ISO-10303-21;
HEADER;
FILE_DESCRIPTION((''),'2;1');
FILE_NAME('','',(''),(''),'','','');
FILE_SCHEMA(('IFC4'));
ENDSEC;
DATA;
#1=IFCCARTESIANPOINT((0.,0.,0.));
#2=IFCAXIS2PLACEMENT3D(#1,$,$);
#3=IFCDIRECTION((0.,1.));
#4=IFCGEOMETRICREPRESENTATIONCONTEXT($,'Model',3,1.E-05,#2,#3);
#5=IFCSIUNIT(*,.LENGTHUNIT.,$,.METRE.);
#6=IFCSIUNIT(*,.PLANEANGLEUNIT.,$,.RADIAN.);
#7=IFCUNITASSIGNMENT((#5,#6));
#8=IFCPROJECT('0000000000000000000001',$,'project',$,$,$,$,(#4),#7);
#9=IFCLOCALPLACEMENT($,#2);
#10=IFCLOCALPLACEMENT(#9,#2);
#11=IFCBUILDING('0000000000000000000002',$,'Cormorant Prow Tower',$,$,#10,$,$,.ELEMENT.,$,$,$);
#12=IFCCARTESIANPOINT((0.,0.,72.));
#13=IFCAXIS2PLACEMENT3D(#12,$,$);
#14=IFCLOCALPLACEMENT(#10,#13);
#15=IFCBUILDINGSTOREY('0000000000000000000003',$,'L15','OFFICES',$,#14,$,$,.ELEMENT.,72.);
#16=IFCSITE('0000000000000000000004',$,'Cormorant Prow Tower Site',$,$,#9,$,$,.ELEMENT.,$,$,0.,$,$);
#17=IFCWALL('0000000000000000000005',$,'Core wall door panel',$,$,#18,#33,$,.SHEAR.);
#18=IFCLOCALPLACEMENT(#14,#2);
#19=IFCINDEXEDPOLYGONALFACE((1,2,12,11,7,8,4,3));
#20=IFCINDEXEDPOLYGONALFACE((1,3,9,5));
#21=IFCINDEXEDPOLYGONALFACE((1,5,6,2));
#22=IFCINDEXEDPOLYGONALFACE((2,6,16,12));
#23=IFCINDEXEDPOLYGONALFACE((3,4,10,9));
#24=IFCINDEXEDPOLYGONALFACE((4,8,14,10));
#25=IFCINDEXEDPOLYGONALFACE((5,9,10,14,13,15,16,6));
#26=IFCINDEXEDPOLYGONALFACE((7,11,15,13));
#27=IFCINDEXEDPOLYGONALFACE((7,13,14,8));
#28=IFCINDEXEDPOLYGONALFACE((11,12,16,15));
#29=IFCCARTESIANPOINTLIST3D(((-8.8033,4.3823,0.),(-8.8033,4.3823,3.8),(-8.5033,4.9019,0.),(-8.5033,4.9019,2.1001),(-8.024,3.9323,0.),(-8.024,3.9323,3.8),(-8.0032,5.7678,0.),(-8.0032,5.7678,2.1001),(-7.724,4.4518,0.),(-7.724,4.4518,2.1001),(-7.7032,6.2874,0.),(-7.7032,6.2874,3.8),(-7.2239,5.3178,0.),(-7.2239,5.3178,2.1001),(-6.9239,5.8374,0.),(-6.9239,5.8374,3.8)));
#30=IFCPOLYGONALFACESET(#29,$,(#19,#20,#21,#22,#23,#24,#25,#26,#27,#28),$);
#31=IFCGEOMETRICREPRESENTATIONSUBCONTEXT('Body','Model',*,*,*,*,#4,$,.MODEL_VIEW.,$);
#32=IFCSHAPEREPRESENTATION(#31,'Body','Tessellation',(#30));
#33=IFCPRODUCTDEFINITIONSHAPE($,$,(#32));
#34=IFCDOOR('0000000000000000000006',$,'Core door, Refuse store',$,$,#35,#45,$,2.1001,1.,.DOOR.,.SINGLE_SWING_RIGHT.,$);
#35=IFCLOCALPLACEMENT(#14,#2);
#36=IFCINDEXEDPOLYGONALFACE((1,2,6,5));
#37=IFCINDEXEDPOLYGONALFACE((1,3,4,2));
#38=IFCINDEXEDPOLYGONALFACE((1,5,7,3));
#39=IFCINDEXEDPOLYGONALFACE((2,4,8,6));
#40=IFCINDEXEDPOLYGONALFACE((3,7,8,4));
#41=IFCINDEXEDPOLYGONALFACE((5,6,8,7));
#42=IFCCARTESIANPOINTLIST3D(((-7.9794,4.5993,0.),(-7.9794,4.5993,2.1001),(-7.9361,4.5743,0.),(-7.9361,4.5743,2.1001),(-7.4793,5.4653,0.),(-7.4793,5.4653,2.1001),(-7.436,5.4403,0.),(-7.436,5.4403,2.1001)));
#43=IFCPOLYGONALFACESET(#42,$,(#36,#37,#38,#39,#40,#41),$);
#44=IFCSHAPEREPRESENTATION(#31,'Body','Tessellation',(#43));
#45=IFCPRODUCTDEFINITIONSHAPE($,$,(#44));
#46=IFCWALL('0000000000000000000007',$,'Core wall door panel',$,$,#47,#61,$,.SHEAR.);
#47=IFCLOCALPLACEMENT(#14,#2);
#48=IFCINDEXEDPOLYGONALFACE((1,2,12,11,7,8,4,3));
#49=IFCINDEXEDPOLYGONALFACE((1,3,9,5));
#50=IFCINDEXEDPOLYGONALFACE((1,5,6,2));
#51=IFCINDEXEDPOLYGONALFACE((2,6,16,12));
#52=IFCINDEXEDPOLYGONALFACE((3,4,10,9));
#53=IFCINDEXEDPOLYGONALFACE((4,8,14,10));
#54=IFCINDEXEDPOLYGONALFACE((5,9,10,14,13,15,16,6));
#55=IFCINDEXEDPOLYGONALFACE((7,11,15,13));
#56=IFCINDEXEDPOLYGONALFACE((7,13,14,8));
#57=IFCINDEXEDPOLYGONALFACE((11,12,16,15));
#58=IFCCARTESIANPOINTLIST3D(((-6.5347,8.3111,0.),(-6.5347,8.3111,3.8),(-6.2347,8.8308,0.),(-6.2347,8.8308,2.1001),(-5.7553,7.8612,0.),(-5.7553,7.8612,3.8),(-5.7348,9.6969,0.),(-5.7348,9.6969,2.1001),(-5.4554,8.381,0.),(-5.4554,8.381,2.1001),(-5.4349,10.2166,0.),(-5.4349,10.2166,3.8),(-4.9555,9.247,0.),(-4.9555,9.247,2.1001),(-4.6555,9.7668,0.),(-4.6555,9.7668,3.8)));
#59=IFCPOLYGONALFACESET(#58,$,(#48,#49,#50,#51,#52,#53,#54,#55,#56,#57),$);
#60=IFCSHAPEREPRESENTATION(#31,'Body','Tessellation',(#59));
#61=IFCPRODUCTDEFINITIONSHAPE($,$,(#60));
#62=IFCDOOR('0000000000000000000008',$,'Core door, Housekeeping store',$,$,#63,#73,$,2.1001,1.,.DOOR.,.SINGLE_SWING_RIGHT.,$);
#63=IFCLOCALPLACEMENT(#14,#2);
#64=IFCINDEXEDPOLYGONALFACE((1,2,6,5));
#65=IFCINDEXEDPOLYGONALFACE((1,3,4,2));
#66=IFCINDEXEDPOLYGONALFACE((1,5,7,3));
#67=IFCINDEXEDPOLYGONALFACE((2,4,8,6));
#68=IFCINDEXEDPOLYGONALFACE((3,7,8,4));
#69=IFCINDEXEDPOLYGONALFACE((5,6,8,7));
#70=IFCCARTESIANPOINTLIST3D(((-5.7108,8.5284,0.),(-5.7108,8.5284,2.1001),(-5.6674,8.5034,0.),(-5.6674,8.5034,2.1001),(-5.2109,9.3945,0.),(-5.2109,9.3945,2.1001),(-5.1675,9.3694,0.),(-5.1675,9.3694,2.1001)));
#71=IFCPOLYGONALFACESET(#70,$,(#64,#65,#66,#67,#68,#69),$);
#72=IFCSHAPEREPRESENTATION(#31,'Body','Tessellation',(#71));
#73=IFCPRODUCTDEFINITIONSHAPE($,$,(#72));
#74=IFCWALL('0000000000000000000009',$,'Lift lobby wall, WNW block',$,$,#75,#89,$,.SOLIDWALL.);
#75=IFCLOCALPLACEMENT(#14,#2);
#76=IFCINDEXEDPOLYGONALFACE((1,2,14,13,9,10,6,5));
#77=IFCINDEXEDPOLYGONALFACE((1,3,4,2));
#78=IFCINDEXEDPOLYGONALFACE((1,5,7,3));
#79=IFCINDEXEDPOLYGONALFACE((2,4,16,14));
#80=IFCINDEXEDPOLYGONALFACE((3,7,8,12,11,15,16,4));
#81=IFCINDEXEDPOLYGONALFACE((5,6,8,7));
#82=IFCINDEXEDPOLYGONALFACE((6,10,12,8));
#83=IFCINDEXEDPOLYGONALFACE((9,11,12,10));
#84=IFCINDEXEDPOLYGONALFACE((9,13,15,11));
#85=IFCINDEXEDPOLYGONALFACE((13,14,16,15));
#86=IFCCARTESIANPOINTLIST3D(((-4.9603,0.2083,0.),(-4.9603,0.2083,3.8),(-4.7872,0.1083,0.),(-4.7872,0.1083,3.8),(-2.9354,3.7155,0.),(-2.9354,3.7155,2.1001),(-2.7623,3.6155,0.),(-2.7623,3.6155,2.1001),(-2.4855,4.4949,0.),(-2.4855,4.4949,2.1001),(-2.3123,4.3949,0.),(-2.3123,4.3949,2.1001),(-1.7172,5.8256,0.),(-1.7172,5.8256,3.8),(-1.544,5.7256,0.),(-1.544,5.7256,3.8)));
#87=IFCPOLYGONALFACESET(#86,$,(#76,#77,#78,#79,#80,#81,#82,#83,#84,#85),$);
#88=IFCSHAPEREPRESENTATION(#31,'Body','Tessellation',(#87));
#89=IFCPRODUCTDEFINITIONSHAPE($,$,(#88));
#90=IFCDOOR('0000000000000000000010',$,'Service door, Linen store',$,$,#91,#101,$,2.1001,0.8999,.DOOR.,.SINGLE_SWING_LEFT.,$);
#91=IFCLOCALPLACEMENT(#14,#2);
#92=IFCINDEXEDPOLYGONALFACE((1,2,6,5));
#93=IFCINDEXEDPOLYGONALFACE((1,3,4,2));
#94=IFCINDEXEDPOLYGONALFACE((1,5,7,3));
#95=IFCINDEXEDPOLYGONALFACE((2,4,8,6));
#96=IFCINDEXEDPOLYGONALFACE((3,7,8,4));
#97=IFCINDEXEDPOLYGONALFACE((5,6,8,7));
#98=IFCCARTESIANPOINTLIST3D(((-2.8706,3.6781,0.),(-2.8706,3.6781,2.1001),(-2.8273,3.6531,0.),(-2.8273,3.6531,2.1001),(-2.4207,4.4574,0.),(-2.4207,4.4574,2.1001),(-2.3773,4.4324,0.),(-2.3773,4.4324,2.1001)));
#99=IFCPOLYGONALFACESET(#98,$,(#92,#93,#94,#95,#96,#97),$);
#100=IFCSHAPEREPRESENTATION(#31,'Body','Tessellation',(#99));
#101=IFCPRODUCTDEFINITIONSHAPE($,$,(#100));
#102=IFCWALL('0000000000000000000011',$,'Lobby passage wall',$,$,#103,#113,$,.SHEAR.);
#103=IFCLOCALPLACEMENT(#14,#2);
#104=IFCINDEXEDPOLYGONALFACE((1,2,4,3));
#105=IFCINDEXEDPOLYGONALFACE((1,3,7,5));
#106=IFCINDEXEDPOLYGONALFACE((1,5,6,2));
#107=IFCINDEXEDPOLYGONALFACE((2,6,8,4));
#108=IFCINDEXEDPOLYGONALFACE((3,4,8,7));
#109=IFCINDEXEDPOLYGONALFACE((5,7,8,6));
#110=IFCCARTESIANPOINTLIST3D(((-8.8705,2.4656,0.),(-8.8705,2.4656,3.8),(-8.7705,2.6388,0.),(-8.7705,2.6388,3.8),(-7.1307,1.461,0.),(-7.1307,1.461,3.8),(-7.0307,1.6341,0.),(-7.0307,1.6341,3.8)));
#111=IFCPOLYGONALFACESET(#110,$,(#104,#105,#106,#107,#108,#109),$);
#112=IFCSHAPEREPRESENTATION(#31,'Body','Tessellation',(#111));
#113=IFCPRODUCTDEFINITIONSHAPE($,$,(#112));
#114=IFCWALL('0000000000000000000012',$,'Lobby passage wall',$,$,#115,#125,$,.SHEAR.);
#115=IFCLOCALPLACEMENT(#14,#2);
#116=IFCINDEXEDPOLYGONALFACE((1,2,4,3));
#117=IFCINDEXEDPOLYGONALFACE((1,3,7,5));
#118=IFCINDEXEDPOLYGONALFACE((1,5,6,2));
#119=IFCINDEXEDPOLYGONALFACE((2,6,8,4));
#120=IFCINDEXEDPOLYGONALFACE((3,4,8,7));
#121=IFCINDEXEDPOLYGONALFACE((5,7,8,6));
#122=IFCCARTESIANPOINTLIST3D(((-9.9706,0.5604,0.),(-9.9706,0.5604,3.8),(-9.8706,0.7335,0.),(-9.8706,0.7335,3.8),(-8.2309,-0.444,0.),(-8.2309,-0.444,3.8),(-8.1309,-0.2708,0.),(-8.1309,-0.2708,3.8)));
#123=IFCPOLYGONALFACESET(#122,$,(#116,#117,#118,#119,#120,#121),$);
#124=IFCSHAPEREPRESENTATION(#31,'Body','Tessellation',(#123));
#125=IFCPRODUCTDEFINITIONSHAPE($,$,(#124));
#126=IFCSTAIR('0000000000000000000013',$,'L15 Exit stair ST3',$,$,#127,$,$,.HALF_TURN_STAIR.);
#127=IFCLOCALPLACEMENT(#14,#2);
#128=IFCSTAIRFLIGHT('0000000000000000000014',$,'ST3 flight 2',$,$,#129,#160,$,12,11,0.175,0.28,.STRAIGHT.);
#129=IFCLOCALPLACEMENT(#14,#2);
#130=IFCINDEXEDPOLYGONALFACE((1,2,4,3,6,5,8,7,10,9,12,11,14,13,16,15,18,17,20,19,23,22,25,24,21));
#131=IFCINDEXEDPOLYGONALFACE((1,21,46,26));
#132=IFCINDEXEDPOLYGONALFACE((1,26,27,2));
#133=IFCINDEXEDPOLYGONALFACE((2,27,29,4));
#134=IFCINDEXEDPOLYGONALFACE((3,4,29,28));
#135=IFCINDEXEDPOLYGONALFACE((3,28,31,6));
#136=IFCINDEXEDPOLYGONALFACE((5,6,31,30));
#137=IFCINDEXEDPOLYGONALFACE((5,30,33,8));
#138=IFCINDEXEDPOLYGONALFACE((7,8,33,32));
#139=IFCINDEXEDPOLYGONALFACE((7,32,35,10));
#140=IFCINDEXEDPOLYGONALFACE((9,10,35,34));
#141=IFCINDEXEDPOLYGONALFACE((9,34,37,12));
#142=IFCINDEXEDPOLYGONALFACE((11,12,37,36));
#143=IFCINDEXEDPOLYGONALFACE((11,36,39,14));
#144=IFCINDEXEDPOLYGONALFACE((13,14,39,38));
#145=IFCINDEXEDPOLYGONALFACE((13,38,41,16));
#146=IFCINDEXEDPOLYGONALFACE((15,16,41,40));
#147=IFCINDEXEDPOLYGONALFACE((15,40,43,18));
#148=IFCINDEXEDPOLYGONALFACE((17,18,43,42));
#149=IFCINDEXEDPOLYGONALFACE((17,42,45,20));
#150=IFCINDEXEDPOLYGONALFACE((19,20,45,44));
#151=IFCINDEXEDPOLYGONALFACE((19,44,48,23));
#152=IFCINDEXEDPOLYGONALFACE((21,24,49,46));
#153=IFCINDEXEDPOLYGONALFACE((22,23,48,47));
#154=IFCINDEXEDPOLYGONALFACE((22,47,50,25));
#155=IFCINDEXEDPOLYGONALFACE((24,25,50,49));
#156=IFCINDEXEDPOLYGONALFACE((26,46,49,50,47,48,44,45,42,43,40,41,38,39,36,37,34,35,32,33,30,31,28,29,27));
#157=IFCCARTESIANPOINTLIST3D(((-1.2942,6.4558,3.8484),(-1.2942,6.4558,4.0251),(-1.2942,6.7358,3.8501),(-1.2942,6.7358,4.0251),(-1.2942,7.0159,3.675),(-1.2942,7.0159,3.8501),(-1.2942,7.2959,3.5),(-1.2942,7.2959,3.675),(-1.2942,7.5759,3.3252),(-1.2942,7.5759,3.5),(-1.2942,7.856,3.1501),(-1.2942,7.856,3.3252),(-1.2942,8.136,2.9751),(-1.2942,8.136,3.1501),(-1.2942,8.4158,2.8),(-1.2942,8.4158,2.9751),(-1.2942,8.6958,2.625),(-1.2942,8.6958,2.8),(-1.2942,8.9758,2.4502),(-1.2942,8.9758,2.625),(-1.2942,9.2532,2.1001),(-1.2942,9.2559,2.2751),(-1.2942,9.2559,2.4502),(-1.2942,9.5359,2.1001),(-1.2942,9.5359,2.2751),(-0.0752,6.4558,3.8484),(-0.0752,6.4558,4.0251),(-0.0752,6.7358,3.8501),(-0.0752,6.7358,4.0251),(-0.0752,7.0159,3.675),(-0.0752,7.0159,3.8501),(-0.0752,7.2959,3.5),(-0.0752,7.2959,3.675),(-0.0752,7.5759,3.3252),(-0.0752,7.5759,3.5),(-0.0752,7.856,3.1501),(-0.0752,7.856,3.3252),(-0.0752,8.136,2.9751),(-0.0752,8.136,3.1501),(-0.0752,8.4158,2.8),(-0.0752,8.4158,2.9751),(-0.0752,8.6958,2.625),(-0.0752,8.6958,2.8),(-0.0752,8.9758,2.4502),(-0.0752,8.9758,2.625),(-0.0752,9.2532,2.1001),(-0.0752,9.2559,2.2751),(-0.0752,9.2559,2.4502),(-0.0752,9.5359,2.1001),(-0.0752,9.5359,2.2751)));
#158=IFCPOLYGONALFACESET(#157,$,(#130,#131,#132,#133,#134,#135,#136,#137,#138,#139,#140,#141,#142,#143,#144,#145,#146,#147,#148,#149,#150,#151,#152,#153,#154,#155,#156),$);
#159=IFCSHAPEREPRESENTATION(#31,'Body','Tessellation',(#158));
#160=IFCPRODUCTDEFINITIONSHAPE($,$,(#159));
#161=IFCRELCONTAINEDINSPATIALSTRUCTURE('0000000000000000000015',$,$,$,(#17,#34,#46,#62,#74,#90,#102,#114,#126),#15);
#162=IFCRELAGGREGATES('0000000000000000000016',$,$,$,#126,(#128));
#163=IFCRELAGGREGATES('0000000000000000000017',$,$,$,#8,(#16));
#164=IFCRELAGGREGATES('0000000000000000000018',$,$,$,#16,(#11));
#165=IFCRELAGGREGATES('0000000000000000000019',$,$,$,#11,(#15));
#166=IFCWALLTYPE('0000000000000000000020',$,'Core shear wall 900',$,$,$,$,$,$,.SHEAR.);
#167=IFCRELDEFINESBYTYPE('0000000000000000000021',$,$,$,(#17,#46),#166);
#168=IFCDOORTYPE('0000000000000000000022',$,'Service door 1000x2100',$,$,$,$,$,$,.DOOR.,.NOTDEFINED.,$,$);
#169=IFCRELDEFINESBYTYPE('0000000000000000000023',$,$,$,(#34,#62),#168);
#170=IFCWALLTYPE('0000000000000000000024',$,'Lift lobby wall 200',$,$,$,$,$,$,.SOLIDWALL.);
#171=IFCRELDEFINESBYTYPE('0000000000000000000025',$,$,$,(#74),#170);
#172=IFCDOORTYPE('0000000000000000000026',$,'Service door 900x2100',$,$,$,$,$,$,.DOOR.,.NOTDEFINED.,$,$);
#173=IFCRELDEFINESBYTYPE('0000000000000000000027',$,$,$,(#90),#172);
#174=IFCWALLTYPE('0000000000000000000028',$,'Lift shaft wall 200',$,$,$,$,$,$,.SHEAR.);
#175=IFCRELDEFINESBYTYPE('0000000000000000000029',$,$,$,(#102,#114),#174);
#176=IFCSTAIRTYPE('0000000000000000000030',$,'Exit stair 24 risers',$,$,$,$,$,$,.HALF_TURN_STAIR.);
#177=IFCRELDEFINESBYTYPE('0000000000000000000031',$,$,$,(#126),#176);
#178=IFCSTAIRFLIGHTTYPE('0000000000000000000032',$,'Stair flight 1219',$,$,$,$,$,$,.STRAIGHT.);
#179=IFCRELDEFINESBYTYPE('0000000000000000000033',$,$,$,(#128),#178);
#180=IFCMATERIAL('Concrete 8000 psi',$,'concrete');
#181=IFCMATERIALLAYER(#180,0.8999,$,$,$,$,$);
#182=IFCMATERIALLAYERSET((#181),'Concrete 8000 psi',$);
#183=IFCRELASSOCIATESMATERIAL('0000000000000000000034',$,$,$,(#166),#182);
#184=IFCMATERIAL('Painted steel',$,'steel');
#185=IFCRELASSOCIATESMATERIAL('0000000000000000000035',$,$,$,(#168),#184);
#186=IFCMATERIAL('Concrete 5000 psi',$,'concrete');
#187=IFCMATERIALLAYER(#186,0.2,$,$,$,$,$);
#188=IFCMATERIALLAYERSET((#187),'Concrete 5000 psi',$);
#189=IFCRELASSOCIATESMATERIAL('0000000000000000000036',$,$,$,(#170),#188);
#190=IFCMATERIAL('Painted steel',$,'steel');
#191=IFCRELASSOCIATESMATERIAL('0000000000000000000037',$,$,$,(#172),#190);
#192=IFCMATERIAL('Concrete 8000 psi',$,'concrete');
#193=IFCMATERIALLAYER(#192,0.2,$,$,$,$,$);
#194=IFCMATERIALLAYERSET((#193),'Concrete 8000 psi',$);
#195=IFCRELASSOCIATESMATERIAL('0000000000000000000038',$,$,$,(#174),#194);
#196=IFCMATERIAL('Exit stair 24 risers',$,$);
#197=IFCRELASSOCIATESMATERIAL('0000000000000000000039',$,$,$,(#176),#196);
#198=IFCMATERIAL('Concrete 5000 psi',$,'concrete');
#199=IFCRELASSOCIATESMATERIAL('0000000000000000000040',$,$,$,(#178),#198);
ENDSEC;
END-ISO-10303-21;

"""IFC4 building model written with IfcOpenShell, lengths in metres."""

from ifc_helpers import new_model, si_unit, direction, frame, frame_2d, origin, place, context, subcontext, project, spatial, polyline, rectangle, outline, extrude, material, layer, layer_set, type_object, element, fill, aggregate, save


model = new_model("IFC4")

# Units and contexts
model_context = context("Model", 3, precision=1e-05, world=origin(), true_north=direction((0.0, 1.0)))
body_context = subcontext(model_context, "Body", "Model", "MODEL_VIEW")
ifc_project = project(units=[si_unit("LENGTHUNIT", "METRE"), si_unit("PLANEANGLEUNIT", "RADIAN")], contexts=[model_context])

# Site, building, storey
site_placement = place(None, origin())
site = spatial("IfcSite", under=ifc_project, at=site_placement, Name="Cormorant Prow Tower Site", CompositionType="ELEMENT", RefElevation=0.0)
building_placement = place(site_placement, origin())
building = spatial("IfcBuilding", under=site, at=building_placement, Name="Cormorant Prow Tower", CompositionType="ELEMENT")
storey_placement = place(building_placement, frame((0.0, 0.0, 72.0)))
storey = spatial("IfcBuildingStorey", under=building, at=storey_placement, Name="L15", Description="OFFICES", CompositionType="ELEMENT", Elevation=72.0)

# Shared definitions
ifc_material_1 = material(Name="Concrete 8000 psi", Category="concrete")
ifc_layer_1 = layer(ifc_material_1, 0.8999)
ifc_layer_set_1 = layer_set([ifc_layer_1], Name="Concrete 8000 psi")
wall_type_1 = type_object("IfcWallType", Name="Core shear wall 900", PredefinedType="SHEAR", material=ifc_layer_set_1)

# Walls, openings, doors
wall_1_placement = place(storey_placement, frame((-7.3135, 6.0625, 0.0), z_axis=(0.0, 0.0, 1.0), x_axis=(-0.500078, -0.86598, 0.0)))
wall_1 = element("IfcWall", 1, at=wall_1_placement, inside=storey, type_object=wall_type_1, Name="Core wall door panel", PredefinedType="SHEAR", context=body_context, shape_type="SweptSolid", body=[
    extrude(rectangle(XDim=2.2, YDim=0.8999, at=frame_2d((1.1001, 0.0))), origin(), (0.0, 0.0, 1.0), 3.8),
])
opening_1_placement = place(wall_1_placement, frame((0.6001, 0.0, 0.0)))
opening_1 = element("IfcOpeningElement", 2, at=opening_1_placement, cuts=wall_1, PredefinedType="OPENING", context=body_context, shape_type="SweptSolid", body=[
    extrude(rectangle(XDim=1.0, YDim=2.1001, at=frame_2d((0.5, 1.05))), frame((0.0, 0.46, 0.0), z_axis=(0.0, -1.0, 0.0), x_axis=(1.0, 0.0, 0.0)), (0.0, 0.0, 1.0), 0.9199),
])
ifc_material_2 = material(Name="Painted steel", Category="steel")
door_type_1 = type_object("IfcDoorType", Name="Service door 1000x2100", OperationType="NOTDEFINED", PredefinedType="DOOR", material=ifc_material_2)
door_1_placement = place(opening_1_placement, origin())
door_1 = element("IfcDoor", 3, at=door_1_placement, inside=storey, type_object=door_type_1, Name="Core door, Refuse store", OperationType="SINGLE_SWING_RIGHT", OverallHeight=2.1001, OverallWidth=1.0, PredefinedType="DOOR", context=body_context, shape_type="SweptSolid", body=[
    extrude(rectangle(XDim=1.0, YDim=2.1001, at=frame_2d((0.5, 1.05))), frame((0.0, 0.2051, 0.0), z_axis=(0.0, -1.0, 0.0), x_axis=(1.0, 0.0, 0.0)), (0.0, 0.0, 1.0), 0.05),
])
fill(opening_1, door_1)
wall_2_placement = place(storey_placement, frame((-5.0452, 9.9917, 0.0), z_axis=(0.0, 0.0, 1.0), x_axis=(-0.499899, -0.866084, 0.0)))
wall_2 = element("IfcWall", 4, at=wall_2_placement, inside=storey, type_object=wall_type_1, Name="Core wall door panel", PredefinedType="SHEAR", context=body_context, shape_type="SweptSolid", body=[
    extrude(rectangle(XDim=2.2002, YDim=0.8999, at=frame_2d((1.1001, 0.0))), origin(), (0.0, 0.0, 1.0), 3.8),
])
opening_2_placement = place(wall_2_placement, frame((0.6001, 0.0, 0.0)))
opening_2 = element("IfcOpeningElement", 5, at=opening_2_placement, cuts=wall_2, PredefinedType="OPENING", context=body_context, shape_type="SweptSolid", body=[
    extrude(rectangle(XDim=1.0, YDim=2.1001, at=frame_2d((0.5, 1.05))), frame((0.0, 0.46, 0.0), z_axis=(0.0, -1.0, 0.0), x_axis=(1.0, 0.0, 0.0)), (0.0, 0.0, 1.0), 0.9199),
])
door_2_placement = place(opening_2_placement, origin())
door_2 = element("IfcDoor", 6, at=door_2_placement, inside=storey, type_object=door_type_1, Name="Core door, Housekeeping store", OperationType="SINGLE_SWING_RIGHT", OverallHeight=2.1001, OverallWidth=1.0, PredefinedType="DOOR", context=body_context, shape_type="SweptSolid", body=[
    extrude(rectangle(XDim=1.0, YDim=2.1001, at=frame_2d((0.5, 1.05))), frame((0.0, 0.2051, 0.0), z_axis=(0.0, -1.0, 0.0), x_axis=(1.0, 0.0, 0.0)), (0.0, 0.0, 1.0), 0.05),
])
fill(opening_2, door_2)
ifc_material_3 = material(Name="Concrete 5000 psi", Category="concrete")
ifc_layer_2 = layer(ifc_material_3, 0.2)
ifc_layer_set_2 = layer_set([ifc_layer_2], Name="Concrete 5000 psi")
wall_type_2 = type_object("IfcWallType", Name="Lift lobby wall 200", PredefinedType="SOLIDWALL", material=ifc_layer_set_2)
wall_3_placement = place(storey_placement, frame((-1.6306, 5.7756, 0.0), z_axis=(0.0, 0.0, 1.0), x_axis=(-0.499993, -0.86603, 0.0)))
wall_3 = element("IfcWall", 7, at=wall_3_placement, inside=storey, type_object=wall_type_2, Name="Lift lobby wall, WNW block", PredefinedType="SOLIDWALL", context=body_context, shape_type="SweptSolid", body=[
    extrude(rectangle(XDim=6.4863, YDim=0.2, at=frame_2d((3.2432, 0.0))), origin(), (0.0, 0.0, 1.0), 3.8),
])
opening_3_placement = place(wall_3_placement, frame((1.5366, 0.0, 0.0)))
opening_3 = element("IfcOpeningElement", 8, at=opening_3_placement, cuts=wall_3, PredefinedType="OPENING", context=body_context, shape_type="SweptSolid", body=[
    extrude(rectangle(XDim=0.8999, YDim=2.1001, at=frame_2d((0.45, 1.05))), frame((0.0, 0.1099, 0.0), z_axis=(0.0, -1.0, 0.0), x_axis=(1.0, 0.0, 0.0)), (0.0, 0.0, 1.0), 0.22),
])
ifc_material_4 = material(Name="Painted steel", Category="steel")
door_type_2 = type_object("IfcDoorType", Name="Service door 900x2100", OperationType="NOTDEFINED", PredefinedType="DOOR", material=ifc_material_4)
door_3_placement = place(opening_3_placement, origin())
door_3 = element("IfcDoor", 9, at=door_3_placement, inside=storey, type_object=door_type_2, Name="Service door, Linen store", OperationType="SINGLE_SWING_LEFT", OverallHeight=2.1001, OverallWidth=0.8999, PredefinedType="DOOR", context=body_context, shape_type="SweptSolid", body=[
    extrude(rectangle(XDim=0.8999, YDim=2.1001, at=frame_2d((0.45, 1.05))), frame((0.0, 0.0249, 0.0), z_axis=(0.0, -1.0, 0.0), x_axis=(1.0, 0.0, 0.0)), (0.0, 0.0, 1.0), 0.05),
])
fill(opening_3, door_3)

# Walls
ifc_material_5 = material(Name="Concrete 8000 psi", Category="concrete")
ifc_layer_3 = layer(ifc_material_5, 0.2)
ifc_layer_set_3 = layer_set([ifc_layer_3], Name="Concrete 8000 psi")
wall_type_3 = type_object("IfcWallType", Name="Lift shaft wall 200", PredefinedType="SHEAR", material=ifc_layer_set_3)
wall_4_placement = place(storey_placement, frame((-7.0808, 1.5476, 0.0), z_axis=(0.0, 0.0, 1.0), x_axis=(-0.865983, 0.500073, 0.0)))
element("IfcWall", 10, at=wall_4_placement, inside=storey, type_object=wall_type_3, Name="Lobby passage wall", PredefinedType="SHEAR", context=body_context, shape_type="SweptSolid", body=[
    extrude(rectangle(XDim=2.009, YDim=0.2, at=frame_2d((1.0044, 0.0))), origin(), (0.0, 0.0, 1.0), 3.8),
])
wall_5_placement = place(storey_placement, frame((-8.1809, -0.3574, 0.0), z_axis=(0.0, 0.0, 1.0), x_axis=(-0.866036, 0.499982, 0.0)))
element("IfcWall", 11, at=wall_5_placement, inside=storey, type_object=wall_type_3, Name="Lobby passage wall", PredefinedType="SHEAR", context=body_context, shape_type="SweptSolid", body=[
    extrude(rectangle(XDim=2.0088, YDim=0.2, at=frame_2d((1.0044, 0.0))), origin(), (0.0, 0.0, 1.0), 3.8),
])

# Stair, stair flight
ifc_material_6 = material(Name="Exit stair 24 risers")
stair_type = type_object("IfcStairType", Name="Exit stair 24 risers", PredefinedType="HALF_TURN_STAIR", material=ifc_material_6)
stair_placement = place(storey_placement, origin())
stair = element("IfcStair", 12, at=stair_placement, inside=storey, type_object=stair_type, Name="L15 Exit stair ST3", PredefinedType="HALF_TURN_STAIR")
ifc_material_7 = material(Name="Concrete 5000 psi", Category="concrete")
stair_flight_type = type_object("IfcStairFlightType", Name="Stair flight 1219", PredefinedType="STRAIGHT", material=ifc_material_7)
stair_flight_placement = place(storey_placement, frame((-0.6846, 9.5359, 2.1001), z_axis=(0.0, 0.0, 1.0), x_axis=(0.0, -1.0, 0.0)))
stair_flight = element("IfcStairFlight", 13, at=stair_flight_placement, type_object=stair_flight_type, Name="ST3 flight 2", NumberOfRisers=12, NumberOfTreads=11, PredefinedType="STRAIGHT", RiserHeight=0.175, TreadLength=0.28, context=body_context, shape_type="SweptSolid", body=[
    extrude(outline(polyline([(0.0, 0.0), (0.0, 0.175), (0.28, 0.175), (0.28, 0.3501), (0.5601, 0.3501), (0.5601, 0.5249), (0.8401, 0.5249), (0.8401, 0.7), (1.1201, 0.7), (1.1201, 0.875), (1.3999, 0.875), (1.3999, 1.05), (1.6799, 1.05), (1.6799, 1.2251), (1.96, 1.2251), (1.96, 1.3999), (2.24, 1.3999), (2.24, 1.575), (2.52, 1.575), (2.52, 1.75), (2.8, 1.75), (2.8, 1.925), (3.0801, 1.925), (3.0801, 2.1001), (3.0801, 1.7483), (0.2827, 0.0), (0.0, 0.0)])), frame((0.0, 0.6094, 0.0), z_axis=(0.0, -1.0, 0.0), x_axis=(1.0, 0.0, 0.0)), (0.0, 0.0, 1.0), 1.219),
])
aggregate(stair, [stair_flight])

save(model, "model.ifc")
